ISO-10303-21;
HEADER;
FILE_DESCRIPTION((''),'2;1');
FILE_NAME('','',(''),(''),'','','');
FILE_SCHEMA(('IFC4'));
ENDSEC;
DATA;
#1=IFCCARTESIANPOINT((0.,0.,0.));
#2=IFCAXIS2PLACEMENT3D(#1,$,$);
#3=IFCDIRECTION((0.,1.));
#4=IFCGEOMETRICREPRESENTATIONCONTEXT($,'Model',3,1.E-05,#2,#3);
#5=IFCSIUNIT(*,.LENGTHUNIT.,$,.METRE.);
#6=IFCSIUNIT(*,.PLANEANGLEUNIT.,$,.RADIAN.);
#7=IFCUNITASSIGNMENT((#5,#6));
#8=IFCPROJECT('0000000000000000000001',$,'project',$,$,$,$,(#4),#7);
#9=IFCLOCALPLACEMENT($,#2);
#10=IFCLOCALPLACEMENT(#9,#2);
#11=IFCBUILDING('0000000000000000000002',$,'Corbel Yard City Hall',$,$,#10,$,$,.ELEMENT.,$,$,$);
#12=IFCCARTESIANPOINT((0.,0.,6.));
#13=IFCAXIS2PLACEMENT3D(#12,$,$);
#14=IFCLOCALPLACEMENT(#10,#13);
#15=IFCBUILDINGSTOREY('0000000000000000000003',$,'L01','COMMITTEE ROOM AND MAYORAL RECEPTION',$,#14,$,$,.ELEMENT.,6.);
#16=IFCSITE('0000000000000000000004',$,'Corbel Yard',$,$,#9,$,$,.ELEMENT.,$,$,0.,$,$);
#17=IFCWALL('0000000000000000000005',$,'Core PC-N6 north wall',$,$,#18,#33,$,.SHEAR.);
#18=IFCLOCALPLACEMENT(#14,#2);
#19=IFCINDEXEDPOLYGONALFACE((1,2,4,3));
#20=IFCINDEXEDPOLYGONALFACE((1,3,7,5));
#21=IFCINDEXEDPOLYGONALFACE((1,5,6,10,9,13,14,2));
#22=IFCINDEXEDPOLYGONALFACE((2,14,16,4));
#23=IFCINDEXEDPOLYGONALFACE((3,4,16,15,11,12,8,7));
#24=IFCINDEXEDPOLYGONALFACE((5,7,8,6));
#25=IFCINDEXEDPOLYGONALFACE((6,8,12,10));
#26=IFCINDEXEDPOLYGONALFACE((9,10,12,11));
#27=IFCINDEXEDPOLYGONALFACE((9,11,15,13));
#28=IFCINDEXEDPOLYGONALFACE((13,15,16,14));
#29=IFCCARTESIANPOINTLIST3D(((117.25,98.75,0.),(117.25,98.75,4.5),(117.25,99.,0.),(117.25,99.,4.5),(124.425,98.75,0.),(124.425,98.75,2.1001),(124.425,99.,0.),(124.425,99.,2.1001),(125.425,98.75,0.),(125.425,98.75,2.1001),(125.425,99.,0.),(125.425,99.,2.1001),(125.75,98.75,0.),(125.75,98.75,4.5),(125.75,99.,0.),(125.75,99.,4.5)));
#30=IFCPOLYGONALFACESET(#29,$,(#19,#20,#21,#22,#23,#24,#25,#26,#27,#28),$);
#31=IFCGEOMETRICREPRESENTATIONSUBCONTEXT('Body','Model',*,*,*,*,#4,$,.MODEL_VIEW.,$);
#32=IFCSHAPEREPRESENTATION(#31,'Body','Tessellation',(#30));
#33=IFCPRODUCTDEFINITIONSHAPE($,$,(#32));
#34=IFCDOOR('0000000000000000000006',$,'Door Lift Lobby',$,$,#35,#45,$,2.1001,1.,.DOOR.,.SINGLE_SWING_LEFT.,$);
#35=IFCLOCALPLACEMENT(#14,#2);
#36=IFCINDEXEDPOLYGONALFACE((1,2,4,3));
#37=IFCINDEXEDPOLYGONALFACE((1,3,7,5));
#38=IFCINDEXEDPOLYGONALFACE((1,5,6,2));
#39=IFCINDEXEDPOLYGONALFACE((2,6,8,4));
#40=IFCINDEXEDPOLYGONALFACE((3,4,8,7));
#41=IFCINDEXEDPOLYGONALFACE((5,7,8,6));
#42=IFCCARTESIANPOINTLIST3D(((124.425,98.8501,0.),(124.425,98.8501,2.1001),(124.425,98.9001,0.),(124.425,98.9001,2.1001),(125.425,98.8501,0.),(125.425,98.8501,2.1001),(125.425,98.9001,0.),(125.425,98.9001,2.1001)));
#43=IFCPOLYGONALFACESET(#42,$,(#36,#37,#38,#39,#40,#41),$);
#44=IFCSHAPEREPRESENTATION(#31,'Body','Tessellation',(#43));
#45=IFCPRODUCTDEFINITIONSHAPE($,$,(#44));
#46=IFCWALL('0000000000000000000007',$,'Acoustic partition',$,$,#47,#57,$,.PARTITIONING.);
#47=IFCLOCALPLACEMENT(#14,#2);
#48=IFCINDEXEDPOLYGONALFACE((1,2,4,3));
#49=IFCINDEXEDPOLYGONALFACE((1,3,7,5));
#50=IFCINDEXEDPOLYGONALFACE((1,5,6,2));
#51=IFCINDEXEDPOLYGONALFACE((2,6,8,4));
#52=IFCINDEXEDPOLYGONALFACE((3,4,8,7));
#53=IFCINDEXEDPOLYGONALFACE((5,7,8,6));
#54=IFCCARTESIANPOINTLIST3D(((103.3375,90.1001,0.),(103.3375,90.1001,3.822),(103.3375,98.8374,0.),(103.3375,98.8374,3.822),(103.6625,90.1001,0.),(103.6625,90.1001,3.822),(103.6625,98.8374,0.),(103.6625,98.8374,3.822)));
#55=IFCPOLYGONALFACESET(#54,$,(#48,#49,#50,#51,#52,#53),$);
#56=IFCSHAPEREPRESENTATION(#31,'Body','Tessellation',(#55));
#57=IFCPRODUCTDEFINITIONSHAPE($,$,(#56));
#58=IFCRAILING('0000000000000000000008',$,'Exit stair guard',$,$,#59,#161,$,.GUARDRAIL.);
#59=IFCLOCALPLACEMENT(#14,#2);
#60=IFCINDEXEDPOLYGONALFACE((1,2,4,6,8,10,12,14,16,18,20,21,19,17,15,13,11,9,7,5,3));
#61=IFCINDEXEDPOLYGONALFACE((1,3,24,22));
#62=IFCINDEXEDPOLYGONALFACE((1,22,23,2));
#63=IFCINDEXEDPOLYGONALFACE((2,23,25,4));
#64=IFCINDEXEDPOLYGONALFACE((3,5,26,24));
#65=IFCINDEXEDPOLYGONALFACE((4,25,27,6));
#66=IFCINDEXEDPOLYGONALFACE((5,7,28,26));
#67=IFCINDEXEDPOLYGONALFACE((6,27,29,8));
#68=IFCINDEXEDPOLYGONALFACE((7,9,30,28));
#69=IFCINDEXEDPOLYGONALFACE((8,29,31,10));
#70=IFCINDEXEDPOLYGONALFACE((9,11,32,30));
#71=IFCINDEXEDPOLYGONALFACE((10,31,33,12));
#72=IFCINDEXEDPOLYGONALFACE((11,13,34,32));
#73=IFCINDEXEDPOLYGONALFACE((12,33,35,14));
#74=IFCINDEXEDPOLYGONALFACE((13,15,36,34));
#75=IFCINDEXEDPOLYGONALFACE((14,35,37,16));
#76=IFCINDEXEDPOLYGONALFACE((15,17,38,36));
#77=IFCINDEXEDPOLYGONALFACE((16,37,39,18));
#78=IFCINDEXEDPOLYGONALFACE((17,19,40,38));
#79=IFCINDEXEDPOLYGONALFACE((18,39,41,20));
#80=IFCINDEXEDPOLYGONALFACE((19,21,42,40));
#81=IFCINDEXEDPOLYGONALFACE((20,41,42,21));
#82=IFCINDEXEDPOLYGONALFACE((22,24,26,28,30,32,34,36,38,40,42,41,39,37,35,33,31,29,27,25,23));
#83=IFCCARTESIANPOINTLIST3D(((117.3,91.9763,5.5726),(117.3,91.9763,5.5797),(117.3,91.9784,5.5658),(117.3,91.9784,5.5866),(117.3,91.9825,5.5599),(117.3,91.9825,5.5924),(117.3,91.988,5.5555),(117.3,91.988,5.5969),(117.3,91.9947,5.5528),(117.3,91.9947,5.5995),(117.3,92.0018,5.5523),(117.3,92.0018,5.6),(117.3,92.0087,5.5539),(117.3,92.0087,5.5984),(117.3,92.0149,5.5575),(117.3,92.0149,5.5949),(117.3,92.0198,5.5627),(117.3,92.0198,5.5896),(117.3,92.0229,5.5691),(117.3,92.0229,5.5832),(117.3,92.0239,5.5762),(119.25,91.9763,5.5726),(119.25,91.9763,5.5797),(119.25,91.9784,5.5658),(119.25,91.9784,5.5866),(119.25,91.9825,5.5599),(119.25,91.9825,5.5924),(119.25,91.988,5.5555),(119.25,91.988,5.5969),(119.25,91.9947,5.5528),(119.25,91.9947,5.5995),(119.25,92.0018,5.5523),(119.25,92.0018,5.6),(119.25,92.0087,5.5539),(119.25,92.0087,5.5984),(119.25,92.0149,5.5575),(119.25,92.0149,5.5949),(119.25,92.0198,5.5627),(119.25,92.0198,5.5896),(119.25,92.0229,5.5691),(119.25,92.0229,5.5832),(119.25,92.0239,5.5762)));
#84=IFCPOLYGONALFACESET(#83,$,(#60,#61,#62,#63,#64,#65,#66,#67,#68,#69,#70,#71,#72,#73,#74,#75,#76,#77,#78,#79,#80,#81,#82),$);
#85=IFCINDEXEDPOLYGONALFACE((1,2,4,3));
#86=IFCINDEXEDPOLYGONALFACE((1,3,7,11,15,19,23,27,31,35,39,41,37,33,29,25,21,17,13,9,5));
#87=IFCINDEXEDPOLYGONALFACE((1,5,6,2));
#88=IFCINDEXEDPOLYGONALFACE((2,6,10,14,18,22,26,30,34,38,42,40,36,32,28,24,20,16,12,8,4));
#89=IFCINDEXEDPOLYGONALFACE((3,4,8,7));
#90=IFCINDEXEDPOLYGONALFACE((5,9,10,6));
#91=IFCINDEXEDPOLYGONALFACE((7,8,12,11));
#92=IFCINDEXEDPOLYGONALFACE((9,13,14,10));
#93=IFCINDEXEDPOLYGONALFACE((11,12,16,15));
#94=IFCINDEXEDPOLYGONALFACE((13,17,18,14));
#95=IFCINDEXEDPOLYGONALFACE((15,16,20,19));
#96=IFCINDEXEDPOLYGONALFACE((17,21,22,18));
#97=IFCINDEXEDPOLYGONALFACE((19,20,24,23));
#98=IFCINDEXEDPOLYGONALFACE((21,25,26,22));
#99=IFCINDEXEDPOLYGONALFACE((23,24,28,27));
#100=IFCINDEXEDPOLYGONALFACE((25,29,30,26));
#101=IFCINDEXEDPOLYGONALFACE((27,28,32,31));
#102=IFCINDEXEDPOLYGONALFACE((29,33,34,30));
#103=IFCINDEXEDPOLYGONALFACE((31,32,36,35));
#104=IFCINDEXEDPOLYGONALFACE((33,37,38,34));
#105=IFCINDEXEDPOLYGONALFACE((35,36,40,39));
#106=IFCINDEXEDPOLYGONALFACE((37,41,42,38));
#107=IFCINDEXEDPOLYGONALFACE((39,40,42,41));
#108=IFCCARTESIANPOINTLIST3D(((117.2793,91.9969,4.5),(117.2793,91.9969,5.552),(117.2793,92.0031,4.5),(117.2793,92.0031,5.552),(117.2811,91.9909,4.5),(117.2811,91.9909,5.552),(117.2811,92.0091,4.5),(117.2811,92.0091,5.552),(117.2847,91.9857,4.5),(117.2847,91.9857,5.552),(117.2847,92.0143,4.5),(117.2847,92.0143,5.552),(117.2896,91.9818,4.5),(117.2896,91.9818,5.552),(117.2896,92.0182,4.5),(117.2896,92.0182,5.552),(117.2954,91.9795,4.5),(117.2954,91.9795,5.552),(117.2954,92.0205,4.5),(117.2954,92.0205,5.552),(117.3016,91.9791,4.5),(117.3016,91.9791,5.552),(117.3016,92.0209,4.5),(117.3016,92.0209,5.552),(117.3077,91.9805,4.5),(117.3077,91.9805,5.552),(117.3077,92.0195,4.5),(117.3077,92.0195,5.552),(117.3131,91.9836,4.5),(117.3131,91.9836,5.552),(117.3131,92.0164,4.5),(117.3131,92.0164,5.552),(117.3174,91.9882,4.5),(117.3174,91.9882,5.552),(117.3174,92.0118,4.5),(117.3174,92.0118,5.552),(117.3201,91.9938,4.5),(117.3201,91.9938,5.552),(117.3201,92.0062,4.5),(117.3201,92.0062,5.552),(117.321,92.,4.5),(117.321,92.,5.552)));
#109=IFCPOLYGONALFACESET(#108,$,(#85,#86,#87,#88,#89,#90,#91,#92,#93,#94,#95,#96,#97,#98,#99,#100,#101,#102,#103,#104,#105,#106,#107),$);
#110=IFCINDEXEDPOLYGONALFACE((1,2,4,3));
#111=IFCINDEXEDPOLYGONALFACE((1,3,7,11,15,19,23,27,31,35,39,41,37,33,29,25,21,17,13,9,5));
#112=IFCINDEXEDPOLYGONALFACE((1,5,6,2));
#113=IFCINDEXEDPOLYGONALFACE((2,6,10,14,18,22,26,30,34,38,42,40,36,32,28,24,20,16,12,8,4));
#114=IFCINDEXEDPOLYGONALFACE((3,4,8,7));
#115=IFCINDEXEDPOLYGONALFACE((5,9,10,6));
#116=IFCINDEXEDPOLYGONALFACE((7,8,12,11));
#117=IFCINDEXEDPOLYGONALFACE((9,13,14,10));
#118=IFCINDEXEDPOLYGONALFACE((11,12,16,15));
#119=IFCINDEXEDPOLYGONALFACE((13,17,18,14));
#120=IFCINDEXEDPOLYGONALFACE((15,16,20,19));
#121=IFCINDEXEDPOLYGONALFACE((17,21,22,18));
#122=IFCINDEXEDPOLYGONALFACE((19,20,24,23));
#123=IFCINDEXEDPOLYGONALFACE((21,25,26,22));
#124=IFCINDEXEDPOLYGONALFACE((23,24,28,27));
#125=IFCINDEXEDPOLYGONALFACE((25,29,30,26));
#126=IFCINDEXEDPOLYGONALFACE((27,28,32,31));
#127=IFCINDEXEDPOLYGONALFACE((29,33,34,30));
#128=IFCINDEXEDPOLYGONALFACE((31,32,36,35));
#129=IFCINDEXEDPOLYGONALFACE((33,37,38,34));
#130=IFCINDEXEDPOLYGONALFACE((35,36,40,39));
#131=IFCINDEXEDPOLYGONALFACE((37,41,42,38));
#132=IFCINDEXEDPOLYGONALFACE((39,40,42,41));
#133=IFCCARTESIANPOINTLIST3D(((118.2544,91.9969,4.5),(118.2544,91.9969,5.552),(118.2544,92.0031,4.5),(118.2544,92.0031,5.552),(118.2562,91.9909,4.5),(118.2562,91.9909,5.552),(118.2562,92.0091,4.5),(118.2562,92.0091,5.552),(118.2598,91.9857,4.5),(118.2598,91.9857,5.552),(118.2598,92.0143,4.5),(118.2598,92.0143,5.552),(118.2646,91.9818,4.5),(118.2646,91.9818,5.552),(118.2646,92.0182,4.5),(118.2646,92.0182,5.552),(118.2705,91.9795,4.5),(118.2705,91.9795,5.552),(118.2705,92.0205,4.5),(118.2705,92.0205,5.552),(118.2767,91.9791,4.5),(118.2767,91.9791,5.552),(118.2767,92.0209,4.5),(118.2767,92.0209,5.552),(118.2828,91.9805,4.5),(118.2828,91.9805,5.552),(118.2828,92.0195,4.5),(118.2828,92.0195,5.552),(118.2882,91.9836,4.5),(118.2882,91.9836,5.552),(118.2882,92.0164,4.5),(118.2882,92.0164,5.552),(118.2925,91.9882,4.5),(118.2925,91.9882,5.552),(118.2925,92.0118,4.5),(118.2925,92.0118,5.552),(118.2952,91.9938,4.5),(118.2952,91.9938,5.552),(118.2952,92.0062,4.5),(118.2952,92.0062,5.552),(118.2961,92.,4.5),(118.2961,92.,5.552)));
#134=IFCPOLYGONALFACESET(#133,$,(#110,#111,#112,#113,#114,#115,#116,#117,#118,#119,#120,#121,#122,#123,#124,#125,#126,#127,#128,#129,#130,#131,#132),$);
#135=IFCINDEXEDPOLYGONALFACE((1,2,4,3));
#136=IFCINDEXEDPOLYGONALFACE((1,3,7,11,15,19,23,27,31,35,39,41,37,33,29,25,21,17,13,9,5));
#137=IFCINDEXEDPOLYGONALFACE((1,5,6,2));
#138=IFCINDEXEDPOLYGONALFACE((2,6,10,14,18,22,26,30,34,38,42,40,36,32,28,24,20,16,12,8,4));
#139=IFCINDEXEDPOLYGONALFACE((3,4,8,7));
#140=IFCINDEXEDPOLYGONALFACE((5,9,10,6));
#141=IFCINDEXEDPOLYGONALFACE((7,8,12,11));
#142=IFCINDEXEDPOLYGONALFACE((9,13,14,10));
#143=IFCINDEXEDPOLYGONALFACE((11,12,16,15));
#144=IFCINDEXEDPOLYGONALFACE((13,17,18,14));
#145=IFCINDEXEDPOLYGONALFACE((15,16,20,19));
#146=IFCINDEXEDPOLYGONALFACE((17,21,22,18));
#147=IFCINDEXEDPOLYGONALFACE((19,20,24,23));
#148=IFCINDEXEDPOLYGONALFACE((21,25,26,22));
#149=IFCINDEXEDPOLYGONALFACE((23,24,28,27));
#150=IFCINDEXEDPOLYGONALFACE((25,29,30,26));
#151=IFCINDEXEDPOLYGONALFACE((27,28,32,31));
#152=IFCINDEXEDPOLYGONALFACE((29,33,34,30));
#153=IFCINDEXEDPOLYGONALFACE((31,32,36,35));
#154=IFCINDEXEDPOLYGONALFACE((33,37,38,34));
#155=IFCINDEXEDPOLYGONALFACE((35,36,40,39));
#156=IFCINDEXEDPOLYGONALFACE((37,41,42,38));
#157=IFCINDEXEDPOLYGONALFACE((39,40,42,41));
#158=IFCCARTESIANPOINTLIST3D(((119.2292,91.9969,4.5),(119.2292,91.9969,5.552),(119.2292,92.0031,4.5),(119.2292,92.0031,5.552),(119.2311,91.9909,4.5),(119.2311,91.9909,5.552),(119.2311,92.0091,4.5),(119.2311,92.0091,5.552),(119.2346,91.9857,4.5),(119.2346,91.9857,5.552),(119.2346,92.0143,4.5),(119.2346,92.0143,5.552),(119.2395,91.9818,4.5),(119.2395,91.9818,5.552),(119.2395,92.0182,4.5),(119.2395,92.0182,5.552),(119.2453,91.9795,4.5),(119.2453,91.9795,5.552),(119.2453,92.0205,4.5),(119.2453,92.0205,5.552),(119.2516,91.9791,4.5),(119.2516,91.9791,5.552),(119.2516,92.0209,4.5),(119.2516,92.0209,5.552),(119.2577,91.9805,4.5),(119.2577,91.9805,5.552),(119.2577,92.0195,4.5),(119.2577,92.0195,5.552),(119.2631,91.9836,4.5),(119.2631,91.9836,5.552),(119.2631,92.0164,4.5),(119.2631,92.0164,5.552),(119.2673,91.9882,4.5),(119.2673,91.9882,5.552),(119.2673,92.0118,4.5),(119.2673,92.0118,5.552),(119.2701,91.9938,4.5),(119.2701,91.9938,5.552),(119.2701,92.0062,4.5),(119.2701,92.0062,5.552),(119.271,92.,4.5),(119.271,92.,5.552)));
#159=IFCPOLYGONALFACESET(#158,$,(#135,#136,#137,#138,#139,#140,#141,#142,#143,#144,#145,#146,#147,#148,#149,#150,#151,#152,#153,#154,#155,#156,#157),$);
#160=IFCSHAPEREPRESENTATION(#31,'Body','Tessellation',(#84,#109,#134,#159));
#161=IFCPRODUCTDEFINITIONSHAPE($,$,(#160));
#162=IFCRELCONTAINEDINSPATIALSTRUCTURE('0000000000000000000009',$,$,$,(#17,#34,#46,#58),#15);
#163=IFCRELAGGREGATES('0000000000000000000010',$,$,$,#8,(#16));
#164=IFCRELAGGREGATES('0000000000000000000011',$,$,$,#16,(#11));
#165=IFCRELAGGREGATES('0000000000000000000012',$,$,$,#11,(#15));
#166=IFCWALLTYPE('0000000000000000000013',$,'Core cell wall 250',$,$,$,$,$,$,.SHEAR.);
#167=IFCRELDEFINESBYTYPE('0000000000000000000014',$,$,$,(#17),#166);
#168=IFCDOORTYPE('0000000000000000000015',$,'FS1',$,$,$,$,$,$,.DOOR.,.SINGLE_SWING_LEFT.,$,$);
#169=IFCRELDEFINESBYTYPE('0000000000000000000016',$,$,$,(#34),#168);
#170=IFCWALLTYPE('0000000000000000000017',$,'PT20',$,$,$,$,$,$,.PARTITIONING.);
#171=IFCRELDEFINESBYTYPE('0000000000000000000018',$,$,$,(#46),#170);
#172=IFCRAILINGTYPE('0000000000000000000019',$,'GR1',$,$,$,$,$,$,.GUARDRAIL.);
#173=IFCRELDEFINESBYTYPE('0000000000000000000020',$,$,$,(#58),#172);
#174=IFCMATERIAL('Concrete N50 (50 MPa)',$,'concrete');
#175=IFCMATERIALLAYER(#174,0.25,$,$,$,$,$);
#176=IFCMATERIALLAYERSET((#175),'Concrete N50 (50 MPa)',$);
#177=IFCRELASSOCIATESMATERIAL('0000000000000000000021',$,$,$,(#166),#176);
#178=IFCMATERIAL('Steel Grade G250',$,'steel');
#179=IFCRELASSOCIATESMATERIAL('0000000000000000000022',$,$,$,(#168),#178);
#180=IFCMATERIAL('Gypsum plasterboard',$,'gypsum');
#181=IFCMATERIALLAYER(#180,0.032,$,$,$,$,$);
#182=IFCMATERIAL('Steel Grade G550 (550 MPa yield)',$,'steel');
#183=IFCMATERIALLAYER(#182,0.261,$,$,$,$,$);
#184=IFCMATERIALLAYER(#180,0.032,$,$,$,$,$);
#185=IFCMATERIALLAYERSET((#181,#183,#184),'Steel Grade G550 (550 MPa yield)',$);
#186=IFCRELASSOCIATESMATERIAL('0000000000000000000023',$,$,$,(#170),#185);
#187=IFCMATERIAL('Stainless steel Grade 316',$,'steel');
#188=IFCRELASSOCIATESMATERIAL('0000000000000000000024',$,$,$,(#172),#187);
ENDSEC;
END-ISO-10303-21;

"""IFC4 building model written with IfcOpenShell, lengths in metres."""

from ifc_helpers import new_model, si_unit, direction, frame, frame_2d, origin, origin_2d, place, context, subcontext, project, spatial, rectangle, circle, extrude, material, layer, layer_set, type_object, element, fill, save


model = new_model("IFC4")

# Units and contexts
model_context = context("Model", 3, precision=1e-05, world=origin(), true_north=direction((0.0, 1.0)))
body_context = subcontext(model_context, "Body", "Model", "MODEL_VIEW")
ifc_project = project(units=[si_unit("LENGTHUNIT", "METRE"), si_unit("PLANEANGLEUNIT", "RADIAN")], contexts=[model_context])

# Site, building, storey
site_placement = place(None, origin())
site = spatial("IfcSite", under=ifc_project, at=site_placement, Name="Corbel Yard", CompositionType="ELEMENT", RefElevation=0.0)
building_placement = place(site_placement, origin())
building = spatial("IfcBuilding", under=site, at=building_placement, Name="Corbel Yard City Hall", CompositionType="ELEMENT")
storey_placement = place(building_placement, frame((0.0, 0.0, 6.0)))
storey = spatial("IfcBuildingStorey", under=building, at=storey_placement, Name="L01", Description="COMMITTEE ROOM AND MAYORAL RECEPTION", CompositionType="ELEMENT", Elevation=6.0)

# Shared definitions
ifc_material_1 = material(Name="Concrete N50 (50 MPa)", Category="concrete")
ifc_layer_1 = layer(ifc_material_1, 0.25)
ifc_layer_set_1 = layer_set([ifc_layer_1], Name="Concrete N50 (50 MPa)")
wall_type_1 = type_object("IfcWallType", Name="Core cell wall 250", PredefinedType="SHEAR", material=ifc_layer_set_1)

# Wall, opening, door
wall_1_placement = place(storey_placement, frame((117.25, 98.875, 0.0), z_axis=(0.0, 0.0, 1.0), x_axis=(1.0, 0.0, 0.0)))
wall_1 = element("IfcWall", 1, at=wall_1_placement, inside=storey, type_object=wall_type_1, Name="Core PC-N6 north wall", PredefinedType="SHEAR", context=body_context, shape_type="SweptSolid", body=[
    extrude(rectangle(XDim=8.5, YDim=0.25, at=frame_2d((4.25, 0.0))), origin(), (0.0, 0.0, 1.0), 4.5),
])
opening_1_placement = place(wall_1_placement, frame((7.175, 0.0, 0.0)))
opening_1 = element("IfcOpeningElement", 2, at=opening_1_placement, cuts=wall_1, PredefinedType="OPENING", context=body_context, shape_type="SweptSolid", body=[
    extrude(rectangle(XDim=1.0, YDim=2.1001, at=frame_2d((0.5, 1.05))), frame((0.0, 0.135, 0.0), z_axis=(0.0, -1.0, 0.0), x_axis=(1.0, 0.0, 0.0)), (0.0, 0.0, 1.0), 0.27),
])
ifc_material_2 = material(Name="Steel Grade G250", Category="steel")
door_type_1 = type_object("IfcDoorType", Name="FS1", OperationType="SINGLE_SWING_LEFT", PredefinedType="DOOR", material=ifc_material_2)
door_1_placement = place(opening_1_placement, frame((1.0, 0.0, 0.0), z_axis=(0.0, 0.0, 1.0), x_axis=(-1.0, 0.0, 0.0)))
door_1 = element("IfcDoor", 3, at=door_1_placement, inside=storey, type_object=door_type_1, Name="Door Lift Lobby", OperationType="SINGLE_SWING_LEFT", OverallHeight=2.1001, OverallWidth=1.0, PredefinedType="DOOR", context=body_context, shape_type="SweptSolid", body=[
    extrude(rectangle(XDim=1.0, YDim=2.1001, at=frame_2d((0.5, 1.05))), frame((0.0, 0.0249, 0.0), z_axis=(0.0, -1.0, 0.0), x_axis=(1.0, 0.0, 0.0)), (0.0, 0.0, 1.0), 0.05),
])
fill(opening_1, door_1)
ifc_material_3 = material(Name="Gypsum plasterboard", Category="gypsum")
ifc_layer_2 = layer(ifc_material_3, 0.032)
ifc_material_4 = material(Name="Steel Grade G550 (550 MPa yield)", Category="steel")
ifc_layer_3 = layer(ifc_material_4, 0.261)
ifc_layer_4 = layer(ifc_material_3, 0.032)
ifc_layer_set_2 = layer_set([ifc_layer_2, ifc_layer_3, ifc_layer_4], Name="Steel Grade G550 (550 MPa yield)")
wall_type_2 = type_object("IfcWallType", Name="PT20", PredefinedType="PARTITIONING", material=ifc_layer_set_2)

# Wall
wall_2_placement = place(storey_placement, frame((103.5, 90.1001, 0.0), z_axis=(0.0, 0.0, 1.0), x_axis=(0.0, 1.0, 0.0)))
element("IfcWall", 4, at=wall_2_placement, inside=storey, type_object=wall_type_2, Name="Acoustic partition", PredefinedType="PARTITIONING", context=body_context, shape_type="SweptSolid", body=[
    extrude(rectangle(XDim=8.7373, YDim=0.325, at=frame_2d((4.3687, 0.0))), origin(), (0.0, 0.0, 1.0), 3.822),
])

# Railing
ifc_material_5 = material(Name="Stainless steel Grade 316", Category="steel")
railing_type_1 = type_object("IfcRailingType", Name="GR1", PredefinedType="GUARDRAIL", material=ifc_material_5)
railing_1_placement = place(storey_placement, frame((117.3, 92.0, 4.5)))
element("IfcRailing", 5, at=railing_1_placement, inside=storey, type_object=railing_type_1, Name="Exit stair guard", PredefinedType="GUARDRAIL", context=body_context, shape_type="SweptSolid", body=[
    extrude(circle(Radius=0.0239, at=origin_2d()), frame((0.0, 0.0, 1.0762), z_axis=(1.0, 0.0, 0.0), x_axis=(0.0, 1.0, 0.0)), (0.0, 0.0, 1.0), 1.95),
    extrude(circle(Radius=0.021, at=origin_2d()), origin(), (0.0, 0.0, 1.0), 1.052),
    extrude(circle(Radius=0.021, at=origin_2d()), frame((0.9751, 0.0, 0.0)), (0.0, 0.0, 1.0), 1.052),
    extrude(circle(Radius=0.021, at=origin_2d()), frame((1.95, 0.0, 0.0)), (0.0, 0.0, 1.0), 1.052),
])

save(model, "model.ifc")
